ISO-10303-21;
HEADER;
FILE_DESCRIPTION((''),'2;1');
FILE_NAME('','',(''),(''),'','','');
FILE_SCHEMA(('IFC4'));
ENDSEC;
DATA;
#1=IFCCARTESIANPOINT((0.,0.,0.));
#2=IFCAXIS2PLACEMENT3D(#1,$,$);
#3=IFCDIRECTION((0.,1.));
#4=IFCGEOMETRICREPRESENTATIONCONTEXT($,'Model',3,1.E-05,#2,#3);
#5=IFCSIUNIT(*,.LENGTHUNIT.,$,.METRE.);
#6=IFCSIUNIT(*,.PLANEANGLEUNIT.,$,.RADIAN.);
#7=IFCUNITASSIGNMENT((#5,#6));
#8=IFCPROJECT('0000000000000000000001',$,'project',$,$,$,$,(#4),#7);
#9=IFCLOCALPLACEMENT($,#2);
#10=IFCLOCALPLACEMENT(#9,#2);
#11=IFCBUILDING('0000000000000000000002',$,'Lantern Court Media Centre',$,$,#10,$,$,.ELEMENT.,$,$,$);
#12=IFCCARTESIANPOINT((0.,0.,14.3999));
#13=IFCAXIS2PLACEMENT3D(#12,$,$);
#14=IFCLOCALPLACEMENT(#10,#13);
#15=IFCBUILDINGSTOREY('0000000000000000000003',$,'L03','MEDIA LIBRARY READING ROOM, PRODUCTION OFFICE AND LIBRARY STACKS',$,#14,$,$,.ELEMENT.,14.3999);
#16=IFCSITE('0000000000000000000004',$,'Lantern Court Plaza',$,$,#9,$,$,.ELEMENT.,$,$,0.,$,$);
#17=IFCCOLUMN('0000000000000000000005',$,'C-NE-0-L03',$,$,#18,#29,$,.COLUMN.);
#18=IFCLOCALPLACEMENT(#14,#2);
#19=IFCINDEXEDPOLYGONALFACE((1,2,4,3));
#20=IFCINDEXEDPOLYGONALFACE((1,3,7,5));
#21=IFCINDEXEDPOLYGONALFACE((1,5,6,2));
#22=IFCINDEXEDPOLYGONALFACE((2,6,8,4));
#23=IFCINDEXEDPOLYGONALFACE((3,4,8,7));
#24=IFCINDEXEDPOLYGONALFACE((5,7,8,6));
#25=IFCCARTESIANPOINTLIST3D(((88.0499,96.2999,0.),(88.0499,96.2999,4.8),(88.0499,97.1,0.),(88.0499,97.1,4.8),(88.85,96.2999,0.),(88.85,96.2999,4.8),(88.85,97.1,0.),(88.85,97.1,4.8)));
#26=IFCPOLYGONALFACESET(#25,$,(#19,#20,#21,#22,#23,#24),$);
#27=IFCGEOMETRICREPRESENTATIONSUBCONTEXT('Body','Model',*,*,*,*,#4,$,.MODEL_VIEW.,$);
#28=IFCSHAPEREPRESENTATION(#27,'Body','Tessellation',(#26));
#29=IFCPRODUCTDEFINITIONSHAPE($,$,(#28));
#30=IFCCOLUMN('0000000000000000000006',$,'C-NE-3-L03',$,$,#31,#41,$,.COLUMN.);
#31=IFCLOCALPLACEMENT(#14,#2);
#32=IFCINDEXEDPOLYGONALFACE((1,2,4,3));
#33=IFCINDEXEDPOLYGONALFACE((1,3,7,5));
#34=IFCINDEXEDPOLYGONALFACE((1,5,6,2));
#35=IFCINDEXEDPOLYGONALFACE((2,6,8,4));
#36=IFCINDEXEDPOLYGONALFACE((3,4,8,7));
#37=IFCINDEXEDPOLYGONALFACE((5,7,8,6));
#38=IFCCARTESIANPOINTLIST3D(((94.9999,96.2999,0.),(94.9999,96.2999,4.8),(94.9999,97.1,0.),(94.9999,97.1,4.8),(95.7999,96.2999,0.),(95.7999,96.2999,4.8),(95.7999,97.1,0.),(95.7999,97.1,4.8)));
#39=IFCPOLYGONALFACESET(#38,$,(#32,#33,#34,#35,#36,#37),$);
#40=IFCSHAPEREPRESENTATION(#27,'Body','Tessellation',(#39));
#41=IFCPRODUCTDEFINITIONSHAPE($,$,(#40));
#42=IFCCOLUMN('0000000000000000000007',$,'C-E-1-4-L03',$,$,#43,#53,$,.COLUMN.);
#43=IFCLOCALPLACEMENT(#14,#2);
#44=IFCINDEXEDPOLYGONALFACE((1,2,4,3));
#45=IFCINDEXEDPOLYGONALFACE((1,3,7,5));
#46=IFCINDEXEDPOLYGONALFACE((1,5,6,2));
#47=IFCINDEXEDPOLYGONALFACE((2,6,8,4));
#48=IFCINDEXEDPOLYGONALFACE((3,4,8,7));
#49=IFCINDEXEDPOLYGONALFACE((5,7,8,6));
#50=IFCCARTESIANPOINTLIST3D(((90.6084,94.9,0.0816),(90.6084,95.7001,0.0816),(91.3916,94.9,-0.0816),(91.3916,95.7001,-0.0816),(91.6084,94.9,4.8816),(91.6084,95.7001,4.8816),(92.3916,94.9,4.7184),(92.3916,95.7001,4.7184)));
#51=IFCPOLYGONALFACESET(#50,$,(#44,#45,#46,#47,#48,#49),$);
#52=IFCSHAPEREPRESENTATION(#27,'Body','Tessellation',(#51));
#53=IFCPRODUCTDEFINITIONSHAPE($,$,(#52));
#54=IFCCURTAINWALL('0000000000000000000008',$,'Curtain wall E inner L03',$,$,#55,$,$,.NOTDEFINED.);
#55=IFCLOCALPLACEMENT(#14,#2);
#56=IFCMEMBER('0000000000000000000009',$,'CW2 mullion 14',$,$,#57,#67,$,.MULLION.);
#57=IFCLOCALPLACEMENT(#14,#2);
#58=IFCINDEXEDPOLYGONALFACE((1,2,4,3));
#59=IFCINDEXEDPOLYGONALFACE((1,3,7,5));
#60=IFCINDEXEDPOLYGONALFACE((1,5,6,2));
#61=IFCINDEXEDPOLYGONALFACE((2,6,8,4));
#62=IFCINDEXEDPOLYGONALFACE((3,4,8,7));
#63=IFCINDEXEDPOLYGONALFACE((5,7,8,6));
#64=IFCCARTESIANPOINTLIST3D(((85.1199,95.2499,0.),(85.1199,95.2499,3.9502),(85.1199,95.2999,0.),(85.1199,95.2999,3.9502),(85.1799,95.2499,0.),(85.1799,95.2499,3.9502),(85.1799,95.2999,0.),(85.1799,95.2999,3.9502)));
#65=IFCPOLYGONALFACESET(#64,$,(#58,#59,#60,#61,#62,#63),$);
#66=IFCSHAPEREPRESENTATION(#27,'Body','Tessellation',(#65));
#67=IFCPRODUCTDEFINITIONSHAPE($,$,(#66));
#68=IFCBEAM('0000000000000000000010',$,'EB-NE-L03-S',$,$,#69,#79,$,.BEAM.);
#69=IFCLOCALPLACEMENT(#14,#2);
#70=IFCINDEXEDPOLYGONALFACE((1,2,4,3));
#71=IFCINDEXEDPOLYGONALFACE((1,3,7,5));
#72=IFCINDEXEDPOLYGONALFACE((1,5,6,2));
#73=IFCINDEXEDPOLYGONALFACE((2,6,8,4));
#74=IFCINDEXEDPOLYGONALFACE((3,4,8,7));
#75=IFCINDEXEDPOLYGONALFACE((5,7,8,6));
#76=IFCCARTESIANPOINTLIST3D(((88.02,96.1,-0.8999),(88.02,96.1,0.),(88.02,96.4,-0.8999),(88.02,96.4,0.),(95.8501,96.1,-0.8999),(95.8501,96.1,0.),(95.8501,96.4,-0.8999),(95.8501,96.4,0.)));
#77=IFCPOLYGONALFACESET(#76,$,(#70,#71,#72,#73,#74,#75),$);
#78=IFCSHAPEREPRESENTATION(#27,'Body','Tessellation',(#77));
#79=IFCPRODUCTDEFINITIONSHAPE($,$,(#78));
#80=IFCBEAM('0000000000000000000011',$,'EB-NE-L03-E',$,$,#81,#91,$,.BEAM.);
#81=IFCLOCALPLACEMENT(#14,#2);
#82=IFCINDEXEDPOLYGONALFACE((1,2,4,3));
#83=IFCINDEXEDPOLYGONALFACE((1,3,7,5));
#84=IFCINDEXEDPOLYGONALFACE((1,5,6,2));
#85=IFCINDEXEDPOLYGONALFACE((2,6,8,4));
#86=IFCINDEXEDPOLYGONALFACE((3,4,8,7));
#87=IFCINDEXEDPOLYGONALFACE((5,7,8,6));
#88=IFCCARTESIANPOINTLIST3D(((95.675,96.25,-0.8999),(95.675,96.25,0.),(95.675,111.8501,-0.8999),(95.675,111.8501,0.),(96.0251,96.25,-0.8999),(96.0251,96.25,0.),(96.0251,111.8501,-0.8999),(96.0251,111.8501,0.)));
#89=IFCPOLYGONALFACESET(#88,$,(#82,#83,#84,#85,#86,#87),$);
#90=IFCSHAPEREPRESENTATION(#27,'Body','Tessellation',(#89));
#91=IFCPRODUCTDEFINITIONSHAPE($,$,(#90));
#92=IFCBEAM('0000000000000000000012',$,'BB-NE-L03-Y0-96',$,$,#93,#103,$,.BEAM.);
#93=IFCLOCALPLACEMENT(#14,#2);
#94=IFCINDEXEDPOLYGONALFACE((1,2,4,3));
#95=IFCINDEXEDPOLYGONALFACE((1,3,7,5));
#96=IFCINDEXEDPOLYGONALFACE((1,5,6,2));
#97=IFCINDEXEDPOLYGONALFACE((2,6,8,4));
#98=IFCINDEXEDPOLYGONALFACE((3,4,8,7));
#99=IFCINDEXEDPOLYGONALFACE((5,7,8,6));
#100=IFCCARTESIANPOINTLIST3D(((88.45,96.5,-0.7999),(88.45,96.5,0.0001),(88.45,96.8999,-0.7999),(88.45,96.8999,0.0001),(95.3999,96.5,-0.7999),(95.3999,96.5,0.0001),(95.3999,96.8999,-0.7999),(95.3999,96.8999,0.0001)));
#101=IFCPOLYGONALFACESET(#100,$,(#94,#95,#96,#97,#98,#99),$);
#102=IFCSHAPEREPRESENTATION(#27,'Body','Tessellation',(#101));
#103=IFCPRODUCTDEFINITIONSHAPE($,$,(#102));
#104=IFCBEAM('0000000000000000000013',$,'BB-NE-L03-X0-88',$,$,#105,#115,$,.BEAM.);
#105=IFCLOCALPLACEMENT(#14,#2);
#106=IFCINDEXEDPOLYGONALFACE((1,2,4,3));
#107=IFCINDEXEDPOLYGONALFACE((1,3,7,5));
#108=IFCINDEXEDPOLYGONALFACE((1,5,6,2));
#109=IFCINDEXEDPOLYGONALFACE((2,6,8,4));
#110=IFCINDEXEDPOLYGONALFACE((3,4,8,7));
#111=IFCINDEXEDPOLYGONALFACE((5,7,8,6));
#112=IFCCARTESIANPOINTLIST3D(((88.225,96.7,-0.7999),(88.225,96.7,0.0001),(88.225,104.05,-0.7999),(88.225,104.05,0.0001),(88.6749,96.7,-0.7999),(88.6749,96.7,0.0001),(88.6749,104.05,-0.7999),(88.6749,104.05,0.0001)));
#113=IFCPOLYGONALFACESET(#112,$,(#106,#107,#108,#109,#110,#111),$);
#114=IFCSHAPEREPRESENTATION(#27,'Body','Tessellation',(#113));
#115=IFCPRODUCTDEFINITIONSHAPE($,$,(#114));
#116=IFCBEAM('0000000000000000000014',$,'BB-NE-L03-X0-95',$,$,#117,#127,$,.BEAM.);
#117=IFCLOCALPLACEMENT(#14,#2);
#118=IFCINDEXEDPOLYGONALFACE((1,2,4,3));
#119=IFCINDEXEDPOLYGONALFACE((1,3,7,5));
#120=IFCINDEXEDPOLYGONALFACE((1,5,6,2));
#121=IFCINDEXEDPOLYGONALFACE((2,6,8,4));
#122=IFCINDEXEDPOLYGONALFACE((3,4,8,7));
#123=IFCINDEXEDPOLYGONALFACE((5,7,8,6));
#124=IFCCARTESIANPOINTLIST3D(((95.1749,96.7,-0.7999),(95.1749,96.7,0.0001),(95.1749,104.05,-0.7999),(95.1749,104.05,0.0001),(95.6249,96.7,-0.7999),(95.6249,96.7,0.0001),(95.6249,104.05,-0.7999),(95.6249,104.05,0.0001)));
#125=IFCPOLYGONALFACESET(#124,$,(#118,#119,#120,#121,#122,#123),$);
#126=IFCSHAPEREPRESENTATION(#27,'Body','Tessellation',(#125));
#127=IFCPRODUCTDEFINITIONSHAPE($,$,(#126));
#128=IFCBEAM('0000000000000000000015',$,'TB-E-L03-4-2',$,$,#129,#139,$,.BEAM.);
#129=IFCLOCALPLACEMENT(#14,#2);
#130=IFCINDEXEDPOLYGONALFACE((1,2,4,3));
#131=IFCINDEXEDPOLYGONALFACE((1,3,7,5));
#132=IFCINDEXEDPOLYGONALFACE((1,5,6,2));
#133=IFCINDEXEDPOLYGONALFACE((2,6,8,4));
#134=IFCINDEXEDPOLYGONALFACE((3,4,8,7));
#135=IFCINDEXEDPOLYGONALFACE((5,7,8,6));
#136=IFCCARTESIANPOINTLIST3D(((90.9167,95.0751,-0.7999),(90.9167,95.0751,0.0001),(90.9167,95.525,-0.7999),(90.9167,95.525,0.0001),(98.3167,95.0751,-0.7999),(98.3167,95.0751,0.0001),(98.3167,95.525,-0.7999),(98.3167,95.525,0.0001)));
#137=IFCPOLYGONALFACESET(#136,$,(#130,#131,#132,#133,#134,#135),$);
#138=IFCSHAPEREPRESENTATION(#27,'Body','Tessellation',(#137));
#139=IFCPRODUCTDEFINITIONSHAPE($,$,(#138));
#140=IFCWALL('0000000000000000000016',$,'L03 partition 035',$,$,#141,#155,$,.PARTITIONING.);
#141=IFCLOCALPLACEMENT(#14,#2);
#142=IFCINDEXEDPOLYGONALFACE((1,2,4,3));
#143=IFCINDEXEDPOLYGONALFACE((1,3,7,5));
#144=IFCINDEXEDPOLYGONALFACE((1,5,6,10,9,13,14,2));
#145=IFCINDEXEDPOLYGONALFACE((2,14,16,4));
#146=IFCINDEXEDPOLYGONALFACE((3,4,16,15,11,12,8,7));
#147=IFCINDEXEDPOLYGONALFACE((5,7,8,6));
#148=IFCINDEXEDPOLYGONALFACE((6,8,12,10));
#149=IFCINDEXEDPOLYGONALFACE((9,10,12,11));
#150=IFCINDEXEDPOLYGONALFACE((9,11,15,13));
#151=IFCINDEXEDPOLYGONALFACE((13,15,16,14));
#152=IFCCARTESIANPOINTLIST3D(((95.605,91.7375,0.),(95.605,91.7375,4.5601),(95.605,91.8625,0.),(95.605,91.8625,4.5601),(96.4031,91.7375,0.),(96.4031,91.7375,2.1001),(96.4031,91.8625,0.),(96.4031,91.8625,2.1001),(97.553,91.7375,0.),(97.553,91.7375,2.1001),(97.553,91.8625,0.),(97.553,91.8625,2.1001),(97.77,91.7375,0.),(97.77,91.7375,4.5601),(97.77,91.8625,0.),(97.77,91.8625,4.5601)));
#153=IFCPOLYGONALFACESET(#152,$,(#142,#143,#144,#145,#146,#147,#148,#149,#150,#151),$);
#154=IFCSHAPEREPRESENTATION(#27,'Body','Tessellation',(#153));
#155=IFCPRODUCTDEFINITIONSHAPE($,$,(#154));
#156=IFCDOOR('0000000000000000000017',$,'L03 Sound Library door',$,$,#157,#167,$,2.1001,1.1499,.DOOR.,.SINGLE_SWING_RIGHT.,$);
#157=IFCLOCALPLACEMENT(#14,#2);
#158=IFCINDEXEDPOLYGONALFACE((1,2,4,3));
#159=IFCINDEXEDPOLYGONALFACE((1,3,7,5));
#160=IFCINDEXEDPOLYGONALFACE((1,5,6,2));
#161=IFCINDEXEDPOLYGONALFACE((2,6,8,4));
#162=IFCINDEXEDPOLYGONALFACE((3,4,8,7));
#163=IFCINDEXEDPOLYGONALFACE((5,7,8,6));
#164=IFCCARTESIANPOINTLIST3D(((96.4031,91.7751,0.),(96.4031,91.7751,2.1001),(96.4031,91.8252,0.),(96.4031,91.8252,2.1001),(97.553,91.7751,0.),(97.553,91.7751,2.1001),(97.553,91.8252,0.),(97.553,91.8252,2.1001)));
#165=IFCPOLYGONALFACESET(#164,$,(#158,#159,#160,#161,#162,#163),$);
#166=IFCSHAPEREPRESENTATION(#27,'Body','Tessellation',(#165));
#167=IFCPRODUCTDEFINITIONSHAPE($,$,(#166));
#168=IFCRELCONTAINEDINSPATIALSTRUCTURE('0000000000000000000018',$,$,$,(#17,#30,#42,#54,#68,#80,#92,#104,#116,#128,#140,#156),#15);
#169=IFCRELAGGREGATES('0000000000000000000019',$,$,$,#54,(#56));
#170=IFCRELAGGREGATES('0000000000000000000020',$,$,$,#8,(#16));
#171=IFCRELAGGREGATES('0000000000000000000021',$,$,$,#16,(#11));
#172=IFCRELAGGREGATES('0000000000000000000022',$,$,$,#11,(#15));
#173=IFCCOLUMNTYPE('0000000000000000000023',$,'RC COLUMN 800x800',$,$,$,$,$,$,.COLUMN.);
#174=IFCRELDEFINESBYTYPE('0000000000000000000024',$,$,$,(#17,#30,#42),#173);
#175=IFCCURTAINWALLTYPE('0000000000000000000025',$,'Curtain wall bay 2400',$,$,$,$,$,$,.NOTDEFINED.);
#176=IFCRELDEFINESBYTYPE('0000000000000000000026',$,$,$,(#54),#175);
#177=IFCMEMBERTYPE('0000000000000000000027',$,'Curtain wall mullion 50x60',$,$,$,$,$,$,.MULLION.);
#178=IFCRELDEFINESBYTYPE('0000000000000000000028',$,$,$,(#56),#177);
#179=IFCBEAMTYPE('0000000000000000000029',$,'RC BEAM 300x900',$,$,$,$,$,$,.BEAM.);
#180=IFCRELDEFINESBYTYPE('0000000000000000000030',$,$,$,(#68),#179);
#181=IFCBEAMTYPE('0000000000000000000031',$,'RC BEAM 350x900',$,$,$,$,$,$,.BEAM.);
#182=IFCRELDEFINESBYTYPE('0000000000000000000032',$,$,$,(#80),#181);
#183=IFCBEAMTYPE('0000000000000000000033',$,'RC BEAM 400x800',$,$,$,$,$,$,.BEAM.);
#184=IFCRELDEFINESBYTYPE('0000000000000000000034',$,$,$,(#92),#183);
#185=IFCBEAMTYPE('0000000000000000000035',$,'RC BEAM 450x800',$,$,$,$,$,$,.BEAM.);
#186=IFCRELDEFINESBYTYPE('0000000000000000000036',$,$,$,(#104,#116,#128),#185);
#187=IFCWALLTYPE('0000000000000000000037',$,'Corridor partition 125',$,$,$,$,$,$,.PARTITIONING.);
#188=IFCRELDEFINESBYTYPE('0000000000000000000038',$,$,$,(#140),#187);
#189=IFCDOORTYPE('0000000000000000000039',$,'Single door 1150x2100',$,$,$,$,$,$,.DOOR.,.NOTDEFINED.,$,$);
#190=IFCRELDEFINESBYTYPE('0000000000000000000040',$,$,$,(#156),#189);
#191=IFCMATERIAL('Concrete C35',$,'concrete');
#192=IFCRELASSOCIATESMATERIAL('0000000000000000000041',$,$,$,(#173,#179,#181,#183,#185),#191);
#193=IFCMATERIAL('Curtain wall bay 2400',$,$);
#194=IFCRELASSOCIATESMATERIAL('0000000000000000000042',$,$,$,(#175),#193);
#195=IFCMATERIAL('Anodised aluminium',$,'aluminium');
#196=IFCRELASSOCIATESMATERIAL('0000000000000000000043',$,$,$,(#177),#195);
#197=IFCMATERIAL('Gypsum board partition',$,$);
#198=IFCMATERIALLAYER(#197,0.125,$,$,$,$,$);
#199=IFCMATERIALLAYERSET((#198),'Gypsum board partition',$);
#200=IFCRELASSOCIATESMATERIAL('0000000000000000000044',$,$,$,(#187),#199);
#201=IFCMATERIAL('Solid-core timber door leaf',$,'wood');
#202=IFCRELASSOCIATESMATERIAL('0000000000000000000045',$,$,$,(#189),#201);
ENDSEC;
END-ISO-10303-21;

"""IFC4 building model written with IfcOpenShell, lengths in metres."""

from ifc_helpers import new_model, si_unit, direction, frame, frame_2d, origin, origin_2d, place, context, subcontext, project, spatial, rectangle, extrude, material, layer, layer_set, material_profile, profile_set, type_object, element, fill, aggregate, save


model = new_model("IFC4")

# Units and contexts
model_context = context("Model", 3, precision=1e-05, world=origin(), true_north=direction((0.0, 1.0)))
body_context = subcontext(model_context, "Body", "Model", "MODEL_VIEW")
ifc_project = project(units=[si_unit("LENGTHUNIT", "METRE"), si_unit("PLANEANGLEUNIT", "RADIAN")], contexts=[model_context])

# Site, building, storey
site_placement = place(None, origin())
site = spatial("IfcSite", under=ifc_project, at=site_placement, Name="Lantern Court Plaza", CompositionType="ELEMENT", RefElevation=0.0)
building_placement = place(site_placement, origin())
building = spatial("IfcBuilding", under=site, at=building_placement, Name="Lantern Court Media Centre", CompositionType="ELEMENT")
storey_placement = place(building_placement, frame((0.0, 0.0, 14.3999)))
storey = spatial("IfcBuildingStorey", under=building, at=storey_placement, Name="L03", Description="MEDIA LIBRARY READING ROOM, PRODUCTION OFFICE AND LIBRARY STACKS", CompositionType="ELEMENT", Elevation=14.3999)

# Columns
ifc_material_1 = material(Name="Concrete C35", Category="concrete")
ifc_material_profile_1 = material_profile(ifc_material_1, rectangle(XDim=0.8, YDim=0.8, at=origin_2d()), Name="RC 800x800")
ifc_profile_set_1 = profile_set([ifc_material_profile_1], Name="Concrete C35")
column_type = type_object("IfcColumnType", Name="RC COLUMN 800x800", PredefinedType="COLUMN", material=ifc_profile_set_1)
for number, where, z_axis, x_axis, name in (
    (1, (88.45, 96.7, 0.0), (0.0, 0.0, 1.0), (1.0, 0.0, 0.0), "C-NE-0-L03"),
    (2, (95.3999, 96.7, 0.0), (0.0, 0.0, 1.0), (1.0, 0.0, 0.0), "C-NE-3-L03"),
):
    element("IfcColumn", number, at=place(storey_placement, frame(where, z_axis=z_axis, x_axis=x_axis)), inside=storey, type_object=column_type, Name=name, PredefinedType="COLUMN", context=body_context, shape_type="SweptSolid", body=[
        extrude(rectangle(XDim=0.8, YDim=0.8, at=origin_2d()), origin(), (0.0, 0.0, 1.0), 4.8),
    ])
column_placement = place(storey_placement, frame((91.0, 95.3, 0.0), z_axis=(0.203952, 0.0, 0.978981), x_axis=(0.0, 1.0, 0.0)))
element("IfcColumn", 3, at=column_placement, inside=storey, type_object=column_type, Name="C-E-1-4-L03", PredefinedType="COLUMN", context=body_context, shape_type="SweptSolid", body=[
    extrude(rectangle(XDim=0.8, YDim=0.8, at=origin_2d()), origin(), (0.0, 0.0, 1.0), 4.9031),
])

# Curtain wall, member
ifc_material_2 = material(Name="Curtain wall bay 2400")
curtain_wall_type = type_object("IfcCurtainWallType", Name="Curtain wall bay 2400", PredefinedType="NOTDEFINED", material=ifc_material_2)
curtain_wall_placement = place(storey_placement, origin())
curtain_wall = element("IfcCurtainWall", 4, at=curtain_wall_placement, inside=storey, type_object=curtain_wall_type, Name="Curtain wall E inner L03", PredefinedType="NOTDEFINED")
ifc_material_3 = material(Name="Anodised aluminium", Category="aluminium")
ifc_material_profile_2 = material_profile(ifc_material_3, rectangle(XDim=0.0601, YDim=0.05, at=origin_2d()), Name="AL 50x60")
ifc_profile_set_2 = profile_set([ifc_material_profile_2], Name="Anodised aluminium")
member_type = type_object("IfcMemberType", Name="Curtain wall mullion 50x60", PredefinedType="MULLION", material=ifc_profile_set_2)
member_placement = place(storey_placement, frame((85.1499, 95.2749, 0.0), z_axis=(0.0, 0.0, 1.0), x_axis=(-1.0, 0.0, 0.0)))
member = element("IfcMember", 5, at=member_placement, type_object=member_type, Name="CW2 mullion 14", PredefinedType="MULLION", context=body_context, shape_type="SweptSolid", body=[
    extrude(rectangle(XDim=0.0601, YDim=0.05, at=origin_2d()), origin(), (0.0, 0.0, 1.0), 3.9502),
])
aggregate(curtain_wall, [member])

# Beams
ifc_material_profile_3 = material_profile(ifc_material_1, rectangle(XDim=0.3, YDim=0.8999, at=origin_2d()), Name="RC 300x900")
ifc_profile_set_3 = profile_set([ifc_material_profile_3], Name="Concrete C35")
beam_type_1 = type_object("IfcBeamType", Name="RC BEAM 300x900", PredefinedType="BEAM", material=ifc_profile_set_3)
beam_1_placement = place(storey_placement, frame((88.02, 96.25, -0.45), z_axis=(1.0, 0.0, 0.0), x_axis=(0.0, 1.0, 0.0)))
element("IfcBeam", 6, at=beam_1_placement, inside=storey, type_object=beam_type_1, Name="EB-NE-L03-S", PredefinedType="BEAM", context=body_context, shape_type="SweptSolid", body=[
    extrude(rectangle(XDim=0.3, YDim=0.8999, at=origin_2d()), origin(), (0.0, 0.0, 1.0), 7.8301),
])
ifc_material_profile_4 = material_profile(ifc_material_1, rectangle(XDim=0.3501, YDim=0.8999, at=origin_2d()), Name="RC 350x900")
ifc_profile_set_4 = profile_set([ifc_material_profile_4], Name="Concrete C35")
beam_type_2 = type_object("IfcBeamType", Name="RC BEAM 350x900", PredefinedType="BEAM", material=ifc_profile_set_4)
beam_2_placement = place(storey_placement, frame((95.8501, 96.25, -0.45), z_axis=(0.0, 1.0, 0.0), x_axis=(-1.0, 0.0, 0.0)))
element("IfcBeam", 7, at=beam_2_placement, inside=storey, type_object=beam_type_2, Name="EB-NE-L03-E", PredefinedType="BEAM", context=body_context, shape_type="SweptSolid", body=[
    extrude(rectangle(XDim=0.3501, YDim=0.8999, at=origin_2d()), origin(), (0.0, 0.0, 1.0), 15.6001),
])
ifc_material_profile_5 = material_profile(ifc_material_1, rectangle(XDim=0.3999, YDim=0.8, at=origin_2d()), Name="RC 400x800")
ifc_profile_set_5 = profile_set([ifc_material_profile_5], Name="Concrete C35")
beam_type_3 = type_object("IfcBeamType", Name="RC BEAM 400x800", PredefinedType="BEAM", material=ifc_profile_set_5)
beam_3_placement = place(storey_placement, frame((88.45, 96.7, -0.3999), z_axis=(1.0, 0.0, 0.0), x_axis=(0.0, 1.0, 0.0)))
element("IfcBeam", 8, at=beam_3_placement, inside=storey, type_object=beam_type_3, Name="BB-NE-L03-Y0-96", PredefinedType="BEAM", context=body_context, shape_type="SweptSolid", body=[
    extrude(rectangle(XDim=0.3999, YDim=0.8, at=origin_2d()), origin(), (0.0, 0.0, 1.0), 6.95),
])
ifc_material_profile_6 = material_profile(ifc_material_1, rectangle(XDim=0.45, YDim=0.8, at=origin_2d()), Name="RC 450x800")
ifc_profile_set_6 = profile_set([ifc_material_profile_6], Name="Concrete C35")
beam_type_4 = type_object("IfcBeamType", Name="RC BEAM 450x800", PredefinedType="BEAM", material=ifc_profile_set_6)
for number, where, z_axis, x_axis, name in (
    (9, (88.45, 96.7, -0.3999), (0.0, 1.0, 0.0), (-1.0, 0.0, 0.0), "BB-NE-L03-X0-88"),
    (10, (95.3999, 96.7, -0.3999), (0.0, 1.0, 0.0), (-1.0, 0.0, 0.0), "BB-NE-L03-X0-95"),
):
    element("IfcBeam", number, at=place(storey_placement, frame(where, z_axis=z_axis, x_axis=x_axis)), inside=storey, type_object=beam_type_4, Name=name, PredefinedType="BEAM", context=body_context, shape_type="SweptSolid", body=[
        extrude(rectangle(XDim=0.45, YDim=0.8, at=origin_2d()), origin(), (0.0, 0.0, 1.0), 7.3501),
    ])
beam_4_placement = place(storey_placement, frame((90.9167, 95.3, -0.3999), z_axis=(1.0, 0.0, 0.0), x_axis=(0.0, 1.0, 0.0)))
element("IfcBeam", 11, at=beam_4_placement, inside=storey, type_object=beam_type_4, Name="TB-E-L03-4-2", PredefinedType="BEAM", context=body_context, shape_type="SweptSolid", body=[
    extrude(rectangle(XDim=0.45, YDim=0.8, at=origin_2d()), origin(), (0.0, 0.0, 1.0), 7.3999),
])

# Wall, opening, door
ifc_material_4 = material(Name="Gypsum board partition")
ifc_layer_1 = layer(ifc_material_4, 0.125)
ifc_layer_set_1 = layer_set([ifc_layer_1], Name="Gypsum board partition")
wall_type_1 = type_object("IfcWallType", Name="Corridor partition 125", PredefinedType="PARTITIONING", material=ifc_layer_set_1)
wall_1_placement = place(storey_placement, frame((95.605, 91.8, 0.0), z_axis=(0.0, 0.0, 1.0), x_axis=(1.0, 0.0, 0.0)))
wall_1 = element("IfcWall", 12, at=wall_1_placement, inside=storey, type_object=wall_type_1, Name="L03 partition 035", PredefinedType="PARTITIONING", context=body_context, shape_type="SweptSolid", body=[
    extrude(rectangle(XDim=2.165, YDim=0.125, at=frame_2d((1.0825, 0.0))), origin(), (0.0, 0.0, 1.0), 4.5601),
])
opening_1_placement = place(wall_1_placement, frame((0.7981, 0.0, 0.0)))
opening_1 = element("IfcOpeningElement", 13, at=opening_1_placement, cuts=wall_1, PredefinedType="OPENING", context=body_context, shape_type="SweptSolid", body=[
    extrude(rectangle(XDim=1.1499, YDim=2.1001, at=frame_2d((0.575, 1.05))), frame((0.0, 0.0725, 0.0), z_axis=(0.0, -1.0, 0.0), x_axis=(1.0, 0.0, 0.0)), (0.0, 0.0, 1.0), 0.145),
])
ifc_material_5 = material(Name="Solid-core timber door leaf", Category="wood")
door_type_1 = type_object("IfcDoorType", Name="Single door 1150x2100", OperationType="NOTDEFINED", PredefinedType="DOOR", material=ifc_material_5)
door_1_placement = place(opening_1_placement, frame((1.1499, 0.0, 0.0), z_axis=(0.0, 0.0, 1.0), x_axis=(-1.0, 0.0, 0.0)))
door_1 = element("IfcDoor", 14, at=door_1_placement, inside=storey, type_object=door_type_1, Name="L03 Sound Library door", OperationType="SINGLE_SWING_RIGHT", OverallHeight=2.1001, OverallWidth=1.1499, PredefinedType="DOOR", context=body_context, shape_type="SweptSolid", body=[
    extrude(rectangle(XDim=1.1499, YDim=2.1001, at=frame_2d((0.575, 1.05))), frame((0.0, 0.0249, 0.0), z_axis=(0.0, -1.0, 0.0), x_axis=(1.0, 0.0, 0.0)), (0.0, 0.0, 1.0), 0.05),
])
fill(opening_1, door_1)

save(model, "model.ifc")
